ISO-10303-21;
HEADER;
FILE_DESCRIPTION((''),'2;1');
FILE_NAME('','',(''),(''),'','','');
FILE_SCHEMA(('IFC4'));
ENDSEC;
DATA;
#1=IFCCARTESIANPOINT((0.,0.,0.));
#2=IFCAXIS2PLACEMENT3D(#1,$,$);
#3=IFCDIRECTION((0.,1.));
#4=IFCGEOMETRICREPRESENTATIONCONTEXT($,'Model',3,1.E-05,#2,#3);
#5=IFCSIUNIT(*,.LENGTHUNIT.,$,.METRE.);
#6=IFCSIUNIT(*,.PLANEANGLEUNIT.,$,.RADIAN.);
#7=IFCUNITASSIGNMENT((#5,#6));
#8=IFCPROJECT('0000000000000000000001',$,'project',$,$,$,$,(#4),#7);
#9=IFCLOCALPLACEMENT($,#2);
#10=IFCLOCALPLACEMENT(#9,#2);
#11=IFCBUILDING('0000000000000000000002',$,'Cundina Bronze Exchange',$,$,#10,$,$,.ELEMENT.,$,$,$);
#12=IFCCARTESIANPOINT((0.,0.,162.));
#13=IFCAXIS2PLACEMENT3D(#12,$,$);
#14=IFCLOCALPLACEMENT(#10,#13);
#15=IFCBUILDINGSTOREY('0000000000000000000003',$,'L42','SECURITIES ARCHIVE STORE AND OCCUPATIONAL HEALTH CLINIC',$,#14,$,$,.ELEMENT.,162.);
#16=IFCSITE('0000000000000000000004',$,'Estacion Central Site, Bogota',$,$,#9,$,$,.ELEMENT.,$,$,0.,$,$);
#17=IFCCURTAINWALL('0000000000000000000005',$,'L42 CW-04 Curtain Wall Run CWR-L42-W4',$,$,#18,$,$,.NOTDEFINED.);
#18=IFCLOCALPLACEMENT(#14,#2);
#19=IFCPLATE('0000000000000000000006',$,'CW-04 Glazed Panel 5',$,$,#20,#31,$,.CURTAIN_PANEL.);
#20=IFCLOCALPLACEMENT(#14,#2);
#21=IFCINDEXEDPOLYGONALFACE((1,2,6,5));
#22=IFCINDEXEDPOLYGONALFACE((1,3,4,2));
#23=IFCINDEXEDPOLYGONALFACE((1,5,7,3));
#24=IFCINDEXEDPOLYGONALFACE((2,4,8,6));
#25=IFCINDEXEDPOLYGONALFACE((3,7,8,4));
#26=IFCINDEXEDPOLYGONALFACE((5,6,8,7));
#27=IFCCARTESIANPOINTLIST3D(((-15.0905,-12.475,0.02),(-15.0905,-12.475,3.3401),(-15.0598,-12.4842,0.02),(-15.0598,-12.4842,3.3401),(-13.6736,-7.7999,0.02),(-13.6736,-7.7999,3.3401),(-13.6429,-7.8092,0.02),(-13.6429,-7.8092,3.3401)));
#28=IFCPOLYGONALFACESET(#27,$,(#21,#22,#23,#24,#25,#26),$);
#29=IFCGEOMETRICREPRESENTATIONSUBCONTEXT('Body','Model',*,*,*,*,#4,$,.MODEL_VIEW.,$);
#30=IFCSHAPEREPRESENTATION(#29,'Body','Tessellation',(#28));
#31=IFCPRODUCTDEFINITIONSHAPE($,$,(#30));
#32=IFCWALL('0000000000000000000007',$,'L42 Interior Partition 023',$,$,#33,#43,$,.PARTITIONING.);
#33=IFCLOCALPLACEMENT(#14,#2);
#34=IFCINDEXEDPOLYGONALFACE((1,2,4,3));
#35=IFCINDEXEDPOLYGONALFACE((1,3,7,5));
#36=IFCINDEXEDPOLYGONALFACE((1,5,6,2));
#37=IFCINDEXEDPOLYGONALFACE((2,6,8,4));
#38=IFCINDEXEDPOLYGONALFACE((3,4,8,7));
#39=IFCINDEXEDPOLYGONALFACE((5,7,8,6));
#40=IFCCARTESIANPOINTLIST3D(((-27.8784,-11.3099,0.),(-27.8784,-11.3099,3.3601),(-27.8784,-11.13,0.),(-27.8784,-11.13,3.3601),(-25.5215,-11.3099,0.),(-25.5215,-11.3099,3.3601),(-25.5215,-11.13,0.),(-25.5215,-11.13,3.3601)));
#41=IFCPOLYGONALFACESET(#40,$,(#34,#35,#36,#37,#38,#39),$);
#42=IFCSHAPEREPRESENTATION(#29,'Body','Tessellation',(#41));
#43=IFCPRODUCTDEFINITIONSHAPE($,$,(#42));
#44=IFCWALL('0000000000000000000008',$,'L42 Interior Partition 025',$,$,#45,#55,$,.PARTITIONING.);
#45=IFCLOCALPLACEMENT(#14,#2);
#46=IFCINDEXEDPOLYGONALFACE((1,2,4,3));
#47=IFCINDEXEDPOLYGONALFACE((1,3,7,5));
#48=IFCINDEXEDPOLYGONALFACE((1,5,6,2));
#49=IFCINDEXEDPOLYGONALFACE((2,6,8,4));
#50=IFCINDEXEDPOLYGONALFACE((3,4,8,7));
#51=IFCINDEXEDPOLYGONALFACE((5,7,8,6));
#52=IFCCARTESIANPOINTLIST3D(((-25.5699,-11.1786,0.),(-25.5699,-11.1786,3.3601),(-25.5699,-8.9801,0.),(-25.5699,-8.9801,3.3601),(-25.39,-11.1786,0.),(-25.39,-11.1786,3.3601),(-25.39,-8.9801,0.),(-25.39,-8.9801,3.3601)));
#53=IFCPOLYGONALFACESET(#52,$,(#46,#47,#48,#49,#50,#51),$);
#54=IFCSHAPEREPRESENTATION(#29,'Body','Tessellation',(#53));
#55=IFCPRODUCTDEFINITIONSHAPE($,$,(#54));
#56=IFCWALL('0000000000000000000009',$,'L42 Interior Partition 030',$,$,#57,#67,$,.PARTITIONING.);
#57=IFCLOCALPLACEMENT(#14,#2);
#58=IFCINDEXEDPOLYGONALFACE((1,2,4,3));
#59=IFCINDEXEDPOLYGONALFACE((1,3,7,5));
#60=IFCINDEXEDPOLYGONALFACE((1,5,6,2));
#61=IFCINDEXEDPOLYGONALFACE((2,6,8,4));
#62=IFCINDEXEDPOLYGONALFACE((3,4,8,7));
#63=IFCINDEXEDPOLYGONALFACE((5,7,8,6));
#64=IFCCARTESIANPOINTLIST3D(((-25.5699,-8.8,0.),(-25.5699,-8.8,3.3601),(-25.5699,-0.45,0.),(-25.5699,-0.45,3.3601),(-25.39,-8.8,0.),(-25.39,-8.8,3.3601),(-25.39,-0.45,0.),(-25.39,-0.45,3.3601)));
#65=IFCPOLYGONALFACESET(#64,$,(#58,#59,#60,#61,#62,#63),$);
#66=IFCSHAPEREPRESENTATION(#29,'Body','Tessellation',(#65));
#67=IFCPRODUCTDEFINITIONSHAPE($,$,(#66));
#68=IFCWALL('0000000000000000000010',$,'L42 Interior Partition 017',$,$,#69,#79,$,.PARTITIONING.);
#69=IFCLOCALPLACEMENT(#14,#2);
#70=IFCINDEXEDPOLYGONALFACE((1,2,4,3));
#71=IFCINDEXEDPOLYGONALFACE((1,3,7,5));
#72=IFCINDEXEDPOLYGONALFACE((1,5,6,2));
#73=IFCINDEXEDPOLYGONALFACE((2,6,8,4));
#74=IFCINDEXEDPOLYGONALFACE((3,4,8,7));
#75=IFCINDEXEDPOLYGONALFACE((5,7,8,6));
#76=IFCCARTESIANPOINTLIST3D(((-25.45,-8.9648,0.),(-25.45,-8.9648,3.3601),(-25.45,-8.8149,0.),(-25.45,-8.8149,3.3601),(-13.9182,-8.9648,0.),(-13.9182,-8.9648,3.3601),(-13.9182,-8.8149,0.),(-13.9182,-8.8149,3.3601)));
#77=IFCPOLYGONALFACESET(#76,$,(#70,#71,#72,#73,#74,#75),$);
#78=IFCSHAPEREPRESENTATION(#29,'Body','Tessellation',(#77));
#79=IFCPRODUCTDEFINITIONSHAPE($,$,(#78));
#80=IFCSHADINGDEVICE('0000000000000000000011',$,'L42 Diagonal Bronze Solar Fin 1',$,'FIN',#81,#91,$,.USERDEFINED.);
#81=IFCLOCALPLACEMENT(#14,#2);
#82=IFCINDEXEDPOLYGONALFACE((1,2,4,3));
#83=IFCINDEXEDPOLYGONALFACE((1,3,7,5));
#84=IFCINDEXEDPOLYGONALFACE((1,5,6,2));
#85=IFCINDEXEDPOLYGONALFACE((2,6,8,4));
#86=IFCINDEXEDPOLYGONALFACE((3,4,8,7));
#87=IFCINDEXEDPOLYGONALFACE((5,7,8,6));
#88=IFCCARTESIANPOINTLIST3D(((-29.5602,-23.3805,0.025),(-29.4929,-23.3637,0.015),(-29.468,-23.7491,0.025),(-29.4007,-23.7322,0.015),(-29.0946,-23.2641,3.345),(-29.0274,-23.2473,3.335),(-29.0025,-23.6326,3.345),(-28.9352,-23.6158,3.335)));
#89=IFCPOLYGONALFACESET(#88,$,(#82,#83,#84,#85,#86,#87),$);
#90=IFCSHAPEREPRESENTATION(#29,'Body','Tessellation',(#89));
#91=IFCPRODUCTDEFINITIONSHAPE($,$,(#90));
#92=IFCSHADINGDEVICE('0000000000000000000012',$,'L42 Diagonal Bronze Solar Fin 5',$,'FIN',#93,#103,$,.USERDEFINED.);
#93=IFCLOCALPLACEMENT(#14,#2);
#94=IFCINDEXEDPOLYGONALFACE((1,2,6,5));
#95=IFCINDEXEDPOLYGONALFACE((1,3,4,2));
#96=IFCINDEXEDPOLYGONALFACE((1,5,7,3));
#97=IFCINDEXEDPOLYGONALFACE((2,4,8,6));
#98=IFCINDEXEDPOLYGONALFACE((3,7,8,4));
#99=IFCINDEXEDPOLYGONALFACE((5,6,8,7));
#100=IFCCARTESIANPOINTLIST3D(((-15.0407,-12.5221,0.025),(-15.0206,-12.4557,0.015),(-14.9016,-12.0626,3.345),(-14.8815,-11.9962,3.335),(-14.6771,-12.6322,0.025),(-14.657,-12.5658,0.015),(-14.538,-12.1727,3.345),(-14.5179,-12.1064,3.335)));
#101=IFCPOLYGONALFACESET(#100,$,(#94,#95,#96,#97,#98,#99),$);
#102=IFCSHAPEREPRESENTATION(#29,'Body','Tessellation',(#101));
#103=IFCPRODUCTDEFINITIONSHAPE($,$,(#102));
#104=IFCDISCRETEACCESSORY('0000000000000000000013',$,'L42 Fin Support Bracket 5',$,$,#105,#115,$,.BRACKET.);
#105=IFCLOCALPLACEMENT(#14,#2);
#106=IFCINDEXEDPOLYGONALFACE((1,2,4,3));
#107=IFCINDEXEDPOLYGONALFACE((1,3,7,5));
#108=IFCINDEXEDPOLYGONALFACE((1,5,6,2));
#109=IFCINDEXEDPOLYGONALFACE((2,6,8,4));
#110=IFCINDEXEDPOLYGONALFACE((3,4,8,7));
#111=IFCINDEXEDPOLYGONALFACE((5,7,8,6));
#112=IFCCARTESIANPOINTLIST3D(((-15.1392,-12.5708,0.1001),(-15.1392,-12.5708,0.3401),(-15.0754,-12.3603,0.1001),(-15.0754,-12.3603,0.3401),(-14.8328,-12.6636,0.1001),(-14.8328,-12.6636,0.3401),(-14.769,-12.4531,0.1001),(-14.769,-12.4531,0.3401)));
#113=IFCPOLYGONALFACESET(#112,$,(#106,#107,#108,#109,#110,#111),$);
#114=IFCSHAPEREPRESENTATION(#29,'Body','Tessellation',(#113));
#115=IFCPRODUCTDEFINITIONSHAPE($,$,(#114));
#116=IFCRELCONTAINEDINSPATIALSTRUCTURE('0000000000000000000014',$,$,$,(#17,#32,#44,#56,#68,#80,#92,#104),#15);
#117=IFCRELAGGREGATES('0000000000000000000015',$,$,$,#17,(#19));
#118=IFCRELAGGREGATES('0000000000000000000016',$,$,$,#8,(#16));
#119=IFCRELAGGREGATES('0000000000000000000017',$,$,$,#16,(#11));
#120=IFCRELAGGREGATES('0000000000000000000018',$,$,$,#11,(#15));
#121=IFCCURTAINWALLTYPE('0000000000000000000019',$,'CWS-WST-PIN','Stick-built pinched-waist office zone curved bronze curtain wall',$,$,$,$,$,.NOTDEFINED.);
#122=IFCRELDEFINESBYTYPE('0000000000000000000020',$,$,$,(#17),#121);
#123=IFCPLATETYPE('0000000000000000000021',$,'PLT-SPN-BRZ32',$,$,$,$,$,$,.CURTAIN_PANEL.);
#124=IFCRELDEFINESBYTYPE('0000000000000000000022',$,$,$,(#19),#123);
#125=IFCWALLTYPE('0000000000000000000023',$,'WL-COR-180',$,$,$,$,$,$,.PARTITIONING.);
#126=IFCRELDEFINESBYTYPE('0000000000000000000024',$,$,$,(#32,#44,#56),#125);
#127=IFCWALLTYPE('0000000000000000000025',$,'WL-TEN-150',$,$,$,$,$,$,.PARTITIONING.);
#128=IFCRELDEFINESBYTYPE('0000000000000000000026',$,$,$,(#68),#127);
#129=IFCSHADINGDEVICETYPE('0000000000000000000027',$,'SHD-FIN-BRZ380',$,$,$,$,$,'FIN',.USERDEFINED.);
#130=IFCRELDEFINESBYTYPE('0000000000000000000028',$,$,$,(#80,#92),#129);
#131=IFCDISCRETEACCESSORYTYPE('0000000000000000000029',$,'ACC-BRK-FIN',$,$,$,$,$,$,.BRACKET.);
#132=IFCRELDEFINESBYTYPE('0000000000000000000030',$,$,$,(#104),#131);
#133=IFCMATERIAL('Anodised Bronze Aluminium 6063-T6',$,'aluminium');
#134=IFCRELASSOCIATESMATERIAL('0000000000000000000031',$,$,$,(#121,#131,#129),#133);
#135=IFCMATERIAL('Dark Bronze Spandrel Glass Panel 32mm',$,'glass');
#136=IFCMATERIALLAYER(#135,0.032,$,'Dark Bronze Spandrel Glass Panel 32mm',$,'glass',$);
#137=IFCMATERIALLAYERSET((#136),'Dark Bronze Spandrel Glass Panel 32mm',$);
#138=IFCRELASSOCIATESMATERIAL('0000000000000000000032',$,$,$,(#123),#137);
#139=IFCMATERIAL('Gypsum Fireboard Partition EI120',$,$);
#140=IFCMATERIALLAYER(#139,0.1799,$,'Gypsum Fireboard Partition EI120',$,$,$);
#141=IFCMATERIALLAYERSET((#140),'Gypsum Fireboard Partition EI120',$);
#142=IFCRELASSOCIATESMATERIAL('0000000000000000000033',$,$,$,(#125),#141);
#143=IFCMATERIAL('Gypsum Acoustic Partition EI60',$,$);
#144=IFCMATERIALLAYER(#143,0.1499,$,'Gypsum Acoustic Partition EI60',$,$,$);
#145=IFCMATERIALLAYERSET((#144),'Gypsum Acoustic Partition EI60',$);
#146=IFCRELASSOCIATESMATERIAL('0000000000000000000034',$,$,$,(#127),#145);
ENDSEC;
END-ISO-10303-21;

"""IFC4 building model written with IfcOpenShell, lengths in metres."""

from ifc_helpers import new_model, si_unit, direction, frame, frame_2d, origin, origin_2d, place, context, subcontext, project, spatial, rectangle, extrude, material, layer, layer_set, material_profile, profile_set, type_object, element, aggregate, save


model = new_model("IFC4")

# Units and contexts
model_context = context("Model", 3, precision=1e-05, world=origin(), true_north=direction((0.0, 1.0)))
body_context = subcontext(model_context, "Body", "Model", "MODEL_VIEW")
ifc_project = project(units=[si_unit("LENGTHUNIT", "METRE"), si_unit("PLANEANGLEUNIT", "RADIAN")], contexts=[model_context])

# Site, building, storey
site_placement = place(None, origin())
site = spatial("IfcSite", under=ifc_project, at=site_placement, Name="Estacion Central Site, Bogota", CompositionType="ELEMENT", RefElevation=0.0)
building_placement = place(site_placement, origin())
building = spatial("IfcBuilding", under=site, at=building_placement, Name="Cundina Bronze Exchange", CompositionType="ELEMENT")
storey_placement = place(building_placement, frame((0.0, 0.0, 162.0)))
storey = spatial("IfcBuildingStorey", under=building, at=storey_placement, Name="L42", Description="SECURITIES ARCHIVE STORE AND OCCUPATIONAL HEALTH CLINIC", CompositionType="ELEMENT", Elevation=162.0)

# Curtain wall, plate
ifc_material_1 = material(Name="Anodised Bronze Aluminium 6063-T6", Category="aluminium")
curtain_wall_type = type_object("IfcCurtainWallType", Name="CWS-WST-PIN", Description="Stick-built pinched-waist office zone curved bronze curtain wall", PredefinedType="NOTDEFINED", material=ifc_material_1)
curtain_wall_placement = place(storey_placement, origin())
curtain_wall = element("IfcCurtainWall", 1, at=curtain_wall_placement, inside=storey, type_object=curtain_wall_type, Name="L42 CW-04 Curtain Wall Run CWR-L42-W4", PredefinedType="NOTDEFINED")
ifc_material_2 = material(Name="Dark Bronze Spandrel Glass Panel 32mm", Category="glass")
ifc_layer_1 = layer(ifc_material_2, 0.032, Name="Dark Bronze Spandrel Glass Panel 32mm", Category="glass")
ifc_layer_set_1 = layer_set([ifc_layer_1], Name="Dark Bronze Spandrel Glass Panel 32mm")
plate_type_1 = type_object("IfcPlateType", Name="PLT-SPN-BRZ32", PredefinedType="CURTAIN_PANEL", material=ifc_layer_set_1)
plate_1_placement = place(storey_placement, frame((-14.3667, -10.1421, 0.02), z_axis=(0.0, 0.0, 1.0), x_axis=(0.290051, 0.957011, 0.0)))
plate_1 = element("IfcPlate", 2, at=plate_1_placement, type_object=plate_type_1, Name="CW-04 Glazed Panel 5", PredefinedType="CURTAIN_PANEL", context=body_context, shape_type="SweptSolid", body=[
    extrude(rectangle(XDim=4.885, YDim=0.032, at=origin_2d()), origin(), (0.0, 0.0, 1.0), 3.3201),
])
aggregate(curtain_wall, [plate_1])

# Wall
ifc_material_3 = material(Name="Gypsum Fireboard Partition EI120")
ifc_layer_2 = layer(ifc_material_3, 0.1799, Name="Gypsum Fireboard Partition EI120")
ifc_layer_set_2 = layer_set([ifc_layer_2], Name="Gypsum Fireboard Partition EI120")
wall_type_1 = type_object("IfcWallType", Name="WL-COR-180", PredefinedType="PARTITIONING", material=ifc_layer_set_2)
wall_1_placement = place(storey_placement, frame((-27.8784, -11.22, 0.0), z_axis=(0.0, 0.0, 1.0), x_axis=(1.0, 0.0, 0.0)))
element("IfcWall", 3, at=wall_1_placement, inside=storey, type_object=wall_type_1, Name="L42 Interior Partition 023", PredefinedType="PARTITIONING", context=body_context, shape_type="SweptSolid", body=[
    extrude(rectangle(XDim=2.3569, YDim=0.1799, at=frame_2d((1.1785, 0.0))), origin(), (0.0, 0.0, 1.0), 3.3601),
])

# Walls
wall_2_placement = place(storey_placement, frame((-25.48, -11.1785, 0.0), z_axis=(0.0, 0.0, 1.0), x_axis=(0.0, 1.0, 0.0)))
element("IfcWall", 4, at=wall_2_placement, inside=storey, type_object=wall_type_1, Name="L42 Interior Partition 025", PredefinedType="PARTITIONING", context=body_context, shape_type="SweptSolid", body=[
    extrude(rectangle(XDim=2.1985, YDim=0.1799, at=frame_2d((1.0991, 0.0))), origin(), (0.0, 0.0, 1.0), 3.3601),
])
wall_3_placement = place(storey_placement, frame((-25.48, -8.8, 0.0), z_axis=(0.0, 0.0, 1.0), x_axis=(0.0, 1.0, 0.0)))
element("IfcWall", 5, at=wall_3_placement, inside=storey, type_object=wall_type_1, Name="L42 Interior Partition 030", PredefinedType="PARTITIONING", context=body_context, shape_type="SweptSolid", body=[
    extrude(rectangle(XDim=8.3501, YDim=0.1799, at=frame_2d((4.175, 0.0))), origin(), (0.0, 0.0, 1.0), 3.3601),
])
ifc_material_4 = material(Name="Gypsum Acoustic Partition EI60")
ifc_layer_3 = layer(ifc_material_4, 0.1499, Name="Gypsum Acoustic Partition EI60")
ifc_layer_set_3 = layer_set([ifc_layer_3], Name="Gypsum Acoustic Partition EI60")
wall_type_2 = type_object("IfcWallType", Name="WL-TEN-150", PredefinedType="PARTITIONING", material=ifc_layer_set_3)
wall_4_placement = place(storey_placement, frame((-25.45, -8.8899, 0.0), z_axis=(0.0, 0.0, 1.0), x_axis=(1.0, 0.0, 0.0)))
element("IfcWall", 6, at=wall_4_placement, inside=storey, type_object=wall_type_2, Name="L42 Interior Partition 017", PredefinedType="PARTITIONING", context=body_context, shape_type="SweptSolid", body=[
    extrude(rectangle(XDim=11.5317, YDim=0.1499, at=frame_2d((5.7659, 0.0))), origin(), (0.0, 0.0, 1.0), 3.3601),
])

# Shading devices
ifc_material_profile_1 = material_profile(ifc_material_1, rectangle(XDim=0.0701, YDim=0.3799, at=origin_2d()), Name="FIN70X380", Category="aluminium")
ifc_profile_set_1 = profile_set([ifc_material_profile_1], Name="Anodised Bronze Aluminium 6063-T6")
shading_device_type = type_object("IfcShadingDeviceType", Name="SHD-FIN-BRZ380", ElementType="FIN", PredefinedType="USERDEFINED", material=ifc_profile_set_1)
for number, where, z_axis, x_axis, name in (
    (7, (-29.4805, -23.5564, 0.02), (0.138788, 0.034715, 0.989713), (-0.960133, -0.240159, 0.143064), "L42 Diagonal Bronze Solar Fin 1"),
    (8, (-14.8489, -12.5439, 0.02), (0.041483, 0.136968, 0.989706), (-0.286883, -0.947216, 0.143112), "L42 Diagonal Bronze Solar Fin 5"),
):
    element("IfcShadingDevice", number, at=place(storey_placement, frame(where, z_axis=z_axis, x_axis=x_axis)), inside=storey, type_object=shading_device_type, Name=name, ObjectType="FIN", PredefinedType="USERDEFINED", context=body_context, shape_type="SweptSolid", body=[
        extrude(rectangle(XDim=0.0701, YDim=0.3799, at=origin_2d()), origin(), (0.0, 0.0, 1.0), 3.3545),
    ])

# Discrete accessory
discrete_accessory_type = type_object("IfcDiscreteAccessoryType", Name="ACC-BRK-FIN", PredefinedType="BRACKET", material=ifc_material_1)
discrete_accessory_placement = place(storey_placement, frame((-14.9541, -12.512, 0.1001), z_axis=(0.0, 0.0, 1.0), x_axis=(0.290051, 0.957011, 0.0)))
element("IfcDiscreteAccessory", 9, at=discrete_accessory_placement, inside=storey, type_object=discrete_accessory_type, Name="L42 Fin Support Bracket 5", PredefinedType="BRACKET", context=body_context, shape_type="SweptSolid", body=[
    extrude(rectangle(XDim=0.22, YDim=0.3201, at=origin_2d()), origin(), (0.0, 0.0, 1.0), 0.24),
])

save(model, "model.ifc")
